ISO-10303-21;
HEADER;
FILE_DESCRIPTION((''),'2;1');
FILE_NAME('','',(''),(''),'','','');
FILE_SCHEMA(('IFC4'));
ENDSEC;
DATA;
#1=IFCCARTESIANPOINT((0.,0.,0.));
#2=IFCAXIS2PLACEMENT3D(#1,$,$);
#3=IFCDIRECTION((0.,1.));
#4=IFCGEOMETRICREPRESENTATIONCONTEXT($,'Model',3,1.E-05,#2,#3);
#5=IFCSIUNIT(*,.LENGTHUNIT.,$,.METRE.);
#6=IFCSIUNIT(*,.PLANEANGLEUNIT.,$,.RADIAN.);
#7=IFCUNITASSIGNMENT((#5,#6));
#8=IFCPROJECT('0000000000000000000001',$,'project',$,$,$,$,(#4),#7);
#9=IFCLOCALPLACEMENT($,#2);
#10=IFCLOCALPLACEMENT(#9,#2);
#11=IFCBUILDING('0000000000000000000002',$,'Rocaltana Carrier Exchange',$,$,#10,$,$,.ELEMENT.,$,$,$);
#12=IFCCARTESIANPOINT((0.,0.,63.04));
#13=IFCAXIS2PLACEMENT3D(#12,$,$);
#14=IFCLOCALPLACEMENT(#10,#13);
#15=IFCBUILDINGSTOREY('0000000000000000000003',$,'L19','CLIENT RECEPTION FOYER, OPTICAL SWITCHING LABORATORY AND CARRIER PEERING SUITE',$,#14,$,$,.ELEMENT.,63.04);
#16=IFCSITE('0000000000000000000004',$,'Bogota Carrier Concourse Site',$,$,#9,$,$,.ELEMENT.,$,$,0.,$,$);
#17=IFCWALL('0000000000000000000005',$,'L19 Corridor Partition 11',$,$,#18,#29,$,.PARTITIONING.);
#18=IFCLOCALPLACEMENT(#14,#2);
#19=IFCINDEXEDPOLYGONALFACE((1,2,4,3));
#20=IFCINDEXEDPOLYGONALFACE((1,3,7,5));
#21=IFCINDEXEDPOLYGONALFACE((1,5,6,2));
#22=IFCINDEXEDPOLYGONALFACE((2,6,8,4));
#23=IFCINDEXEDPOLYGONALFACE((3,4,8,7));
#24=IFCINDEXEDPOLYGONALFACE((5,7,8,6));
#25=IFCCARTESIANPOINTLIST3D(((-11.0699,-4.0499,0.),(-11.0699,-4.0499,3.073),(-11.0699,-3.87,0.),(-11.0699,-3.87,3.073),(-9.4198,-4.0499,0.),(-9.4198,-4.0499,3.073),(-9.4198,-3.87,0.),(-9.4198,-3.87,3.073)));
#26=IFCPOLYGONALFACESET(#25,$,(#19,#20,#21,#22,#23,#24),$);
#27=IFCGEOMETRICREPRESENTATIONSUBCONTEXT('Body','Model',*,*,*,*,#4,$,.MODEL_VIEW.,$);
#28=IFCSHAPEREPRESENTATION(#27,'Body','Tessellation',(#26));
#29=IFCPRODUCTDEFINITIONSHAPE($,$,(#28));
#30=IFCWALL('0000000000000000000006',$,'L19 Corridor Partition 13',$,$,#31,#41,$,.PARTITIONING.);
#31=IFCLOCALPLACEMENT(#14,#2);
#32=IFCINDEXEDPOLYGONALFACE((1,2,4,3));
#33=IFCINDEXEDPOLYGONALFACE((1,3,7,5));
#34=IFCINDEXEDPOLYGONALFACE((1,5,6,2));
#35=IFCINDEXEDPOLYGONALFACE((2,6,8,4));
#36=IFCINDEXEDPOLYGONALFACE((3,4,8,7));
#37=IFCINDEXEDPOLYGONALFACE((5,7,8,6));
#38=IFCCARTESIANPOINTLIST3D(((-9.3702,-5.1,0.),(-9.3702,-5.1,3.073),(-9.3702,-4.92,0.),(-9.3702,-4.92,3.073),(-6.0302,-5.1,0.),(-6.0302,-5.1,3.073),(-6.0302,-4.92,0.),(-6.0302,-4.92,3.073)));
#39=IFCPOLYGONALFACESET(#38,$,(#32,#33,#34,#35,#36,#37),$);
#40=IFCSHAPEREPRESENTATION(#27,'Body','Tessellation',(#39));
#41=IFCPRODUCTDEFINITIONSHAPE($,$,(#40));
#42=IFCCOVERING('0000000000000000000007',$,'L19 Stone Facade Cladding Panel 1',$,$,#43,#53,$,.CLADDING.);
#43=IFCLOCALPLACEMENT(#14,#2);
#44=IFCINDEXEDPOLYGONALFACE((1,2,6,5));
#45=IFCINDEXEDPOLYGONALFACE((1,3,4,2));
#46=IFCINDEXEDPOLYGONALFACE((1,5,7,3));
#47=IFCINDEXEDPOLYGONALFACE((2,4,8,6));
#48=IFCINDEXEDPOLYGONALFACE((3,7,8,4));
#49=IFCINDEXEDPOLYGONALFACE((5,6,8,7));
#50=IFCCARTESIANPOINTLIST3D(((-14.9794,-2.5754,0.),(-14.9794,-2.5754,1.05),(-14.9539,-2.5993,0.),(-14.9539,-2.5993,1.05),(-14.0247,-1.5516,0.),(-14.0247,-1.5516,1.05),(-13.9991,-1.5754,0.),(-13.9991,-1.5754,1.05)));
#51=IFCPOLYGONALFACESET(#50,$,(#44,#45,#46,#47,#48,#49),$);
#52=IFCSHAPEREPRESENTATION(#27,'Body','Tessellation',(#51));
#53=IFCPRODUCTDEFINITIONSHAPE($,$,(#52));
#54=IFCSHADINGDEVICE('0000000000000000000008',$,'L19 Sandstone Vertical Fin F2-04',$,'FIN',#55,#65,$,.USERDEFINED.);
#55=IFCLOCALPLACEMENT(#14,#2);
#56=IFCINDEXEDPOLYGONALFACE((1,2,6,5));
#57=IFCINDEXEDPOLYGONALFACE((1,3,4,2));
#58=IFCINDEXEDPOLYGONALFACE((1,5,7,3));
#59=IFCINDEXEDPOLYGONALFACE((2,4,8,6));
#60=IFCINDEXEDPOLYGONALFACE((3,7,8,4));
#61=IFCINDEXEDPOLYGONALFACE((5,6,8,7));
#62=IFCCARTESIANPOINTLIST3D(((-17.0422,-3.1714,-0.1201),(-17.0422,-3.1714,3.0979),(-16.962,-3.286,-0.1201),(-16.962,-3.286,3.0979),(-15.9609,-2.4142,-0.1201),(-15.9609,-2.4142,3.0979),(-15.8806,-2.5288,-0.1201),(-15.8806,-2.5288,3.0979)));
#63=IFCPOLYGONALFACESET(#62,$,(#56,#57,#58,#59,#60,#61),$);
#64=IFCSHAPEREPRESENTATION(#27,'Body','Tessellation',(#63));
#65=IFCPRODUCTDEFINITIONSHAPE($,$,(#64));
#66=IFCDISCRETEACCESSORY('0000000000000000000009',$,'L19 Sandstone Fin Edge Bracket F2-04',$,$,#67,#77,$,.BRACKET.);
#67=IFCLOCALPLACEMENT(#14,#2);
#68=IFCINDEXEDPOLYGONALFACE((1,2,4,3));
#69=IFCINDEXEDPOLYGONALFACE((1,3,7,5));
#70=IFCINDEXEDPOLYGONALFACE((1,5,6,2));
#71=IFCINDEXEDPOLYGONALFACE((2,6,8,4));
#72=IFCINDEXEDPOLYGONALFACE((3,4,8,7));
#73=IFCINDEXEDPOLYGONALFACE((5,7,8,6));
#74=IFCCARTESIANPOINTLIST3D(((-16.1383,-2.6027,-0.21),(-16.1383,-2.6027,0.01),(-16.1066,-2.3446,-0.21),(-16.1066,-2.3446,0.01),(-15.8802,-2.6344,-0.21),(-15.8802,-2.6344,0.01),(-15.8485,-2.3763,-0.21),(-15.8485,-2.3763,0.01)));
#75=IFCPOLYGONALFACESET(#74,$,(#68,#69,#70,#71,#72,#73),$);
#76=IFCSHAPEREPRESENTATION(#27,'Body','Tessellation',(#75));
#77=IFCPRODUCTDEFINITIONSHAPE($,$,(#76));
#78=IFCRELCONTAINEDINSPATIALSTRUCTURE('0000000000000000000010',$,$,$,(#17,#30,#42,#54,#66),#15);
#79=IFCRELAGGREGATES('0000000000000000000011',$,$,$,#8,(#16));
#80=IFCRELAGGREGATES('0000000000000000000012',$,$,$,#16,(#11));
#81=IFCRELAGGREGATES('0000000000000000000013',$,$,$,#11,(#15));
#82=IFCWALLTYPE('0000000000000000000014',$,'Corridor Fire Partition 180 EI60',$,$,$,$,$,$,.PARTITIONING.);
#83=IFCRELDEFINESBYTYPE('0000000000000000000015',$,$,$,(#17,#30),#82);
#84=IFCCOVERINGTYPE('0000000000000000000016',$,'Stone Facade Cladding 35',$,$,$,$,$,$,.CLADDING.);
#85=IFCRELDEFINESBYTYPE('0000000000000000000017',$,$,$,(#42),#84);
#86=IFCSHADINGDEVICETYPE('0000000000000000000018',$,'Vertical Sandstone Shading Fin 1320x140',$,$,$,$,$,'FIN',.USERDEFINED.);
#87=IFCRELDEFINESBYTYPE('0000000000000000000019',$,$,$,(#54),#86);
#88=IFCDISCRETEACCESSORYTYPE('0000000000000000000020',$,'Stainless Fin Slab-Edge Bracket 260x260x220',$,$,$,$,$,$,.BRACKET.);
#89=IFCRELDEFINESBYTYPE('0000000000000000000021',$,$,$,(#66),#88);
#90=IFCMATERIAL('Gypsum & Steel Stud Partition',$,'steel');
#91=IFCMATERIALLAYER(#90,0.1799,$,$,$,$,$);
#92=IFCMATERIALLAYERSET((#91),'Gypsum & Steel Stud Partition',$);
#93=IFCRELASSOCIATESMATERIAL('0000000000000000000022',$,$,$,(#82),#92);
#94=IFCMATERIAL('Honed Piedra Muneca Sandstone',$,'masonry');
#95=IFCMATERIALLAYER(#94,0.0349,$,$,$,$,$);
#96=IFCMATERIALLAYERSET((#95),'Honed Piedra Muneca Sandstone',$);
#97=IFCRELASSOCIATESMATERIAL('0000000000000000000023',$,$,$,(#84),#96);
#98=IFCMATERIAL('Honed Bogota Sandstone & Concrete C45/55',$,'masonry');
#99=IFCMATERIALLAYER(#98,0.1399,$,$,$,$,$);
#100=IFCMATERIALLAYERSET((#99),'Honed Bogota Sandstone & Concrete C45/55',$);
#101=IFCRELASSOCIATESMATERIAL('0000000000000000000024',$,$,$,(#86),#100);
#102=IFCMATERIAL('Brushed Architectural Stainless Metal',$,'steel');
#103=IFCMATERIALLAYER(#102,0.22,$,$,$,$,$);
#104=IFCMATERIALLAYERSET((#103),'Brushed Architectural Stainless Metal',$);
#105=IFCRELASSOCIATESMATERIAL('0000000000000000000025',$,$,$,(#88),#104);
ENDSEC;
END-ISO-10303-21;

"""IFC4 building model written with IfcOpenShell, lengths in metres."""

from ifc_helpers import new_model, si_unit, direction, frame, frame_2d, origin, origin_2d, place, context, subcontext, project, spatial, rectangle, extrude, material, layer, layer_set, type_object, element, save


model = new_model("IFC4")

# Units and contexts
model_context = context("Model", 3, precision=1e-05, world=origin(), true_north=direction((0.0, 1.0)))
body_context = subcontext(model_context, "Body", "Model", "MODEL_VIEW")
ifc_project = project(units=[si_unit("LENGTHUNIT", "METRE"), si_unit("PLANEANGLEUNIT", "RADIAN")], contexts=[model_context])

# Site, building, storey
site_placement = place(None, origin())
site = spatial("IfcSite", under=ifc_project, at=site_placement, Name="Bogota Carrier Concourse Site", CompositionType="ELEMENT", RefElevation=0.0)
building_placement = place(site_placement, origin())
building = spatial("IfcBuilding", under=site, at=building_placement, Name="Rocaltana Carrier Exchange", CompositionType="ELEMENT")
storey_placement = place(building_placement, frame((0.0, 0.0, 63.04)))
storey = spatial("IfcBuildingStorey", under=building, at=storey_placement, Name="L19", Description="CLIENT RECEPTION FOYER, OPTICAL SWITCHING LABORATORY AND CARRIER PEERING SUITE", CompositionType="ELEMENT", Elevation=63.04)

# Shared definitions
ifc_material_1 = material(Name="Gypsum & Steel Stud Partition", Category="steel")
ifc_layer_1 = layer(ifc_material_1, 0.1799)
ifc_layer_set_1 = layer_set([ifc_layer_1], Name="Gypsum & Steel Stud Partition")
wall_type_1 = type_object("IfcWallType", Name="Corridor Fire Partition 180 EI60", PredefinedType="PARTITIONING", material=ifc_layer_set_1)

# Walls
wall_1_placement = place(storey_placement, frame((-11.0701, -3.96, 0.0), z_axis=(0.0, 0.0, 1.0), x_axis=(1.0, 0.0, 0.0)))
element("IfcWall", 1, at=wall_1_placement, inside=storey, type_object=wall_type_1, Name="L19 Corridor Partition 11", PredefinedType="PARTITIONING", context=body_context, shape_type="SweptSolid", body=[
    extrude(rectangle(XDim=1.6501, YDim=0.1799, at=frame_2d((0.8252, 0.0))), origin(), (0.0, 0.0, 1.0), 3.073),
])
wall_2_placement = place(storey_placement, frame((-9.3701, -5.01, 0.0), z_axis=(0.0, 0.0, 1.0), x_axis=(1.0, 0.0, 0.0)))
element("IfcWall", 2, at=wall_2_placement, inside=storey, type_object=wall_type_1, Name="L19 Corridor Partition 13", PredefinedType="PARTITIONING", context=body_context, shape_type="SweptSolid", body=[
    extrude(rectangle(XDim=3.3401, YDim=0.1799, at=frame_2d((1.6699, 0.0))), origin(), (0.0, 0.0, 1.0), 3.073),
])

# Covering
ifc_material_2 = material(Name="Honed Piedra Muneca Sandstone", Category="masonry")
ifc_layer_2 = layer(ifc_material_2, 0.0349)
ifc_layer_set_2 = layer_set([ifc_layer_2], Name="Honed Piedra Muneca Sandstone")
covering_type = type_object("IfcCoveringType", Name="Stone Facade Cladding 35", PredefinedType="CLADDING", material=ifc_layer_set_2)
covering_placement = place(storey_placement, frame((-14.4893, -2.0754, 0.0), z_axis=(0.0, 0.0, 1.0), x_axis=(0.681998, 0.731354, 0.0)))
element("IfcCovering", 3, at=covering_placement, inside=storey, type_object=covering_type, Name="L19 Stone Facade Cladding Panel 1", PredefinedType="CLADDING", context=body_context, shape_type="SweptSolid", body=[
    extrude(rectangle(XDim=1.3999, YDim=0.0349, at=origin_2d()), origin(), (0.0, 0.0, 1.0), 1.05),
])

# Shading device
ifc_material_3 = material(Name="Honed Bogota Sandstone & Concrete C45/55", Category="masonry")
ifc_layer_3 = layer(ifc_material_3, 0.1399)
ifc_layer_set_3 = layer_set([ifc_layer_3], Name="Honed Bogota Sandstone & Concrete C45/55")
shading_device_type = type_object("IfcShadingDeviceType", Name="Vertical Sandstone Shading Fin 1320x140", ElementType="FIN", PredefinedType="USERDEFINED", material=ifc_layer_set_3)
shading_device_placement = place(storey_placement, frame((-16.4614, -2.8501, -0.1201), z_axis=(0.0, 0.0, 1.0), x_axis=(-0.819152, -0.573576, 0.0)))
element("IfcShadingDevice", 4, at=shading_device_placement, inside=storey, type_object=shading_device_type, Name="L19 Sandstone Vertical Fin F2-04", ObjectType="FIN", PredefinedType="USERDEFINED", context=body_context, shape_type="SweptSolid", body=[
    extrude(rectangle(XDim=1.3201, YDim=0.1399, at=origin_2d()), origin(), (0.0, 0.0, 1.0), 3.218),
])

# Discrete accessory
ifc_material_4 = material(Name="Brushed Architectural Stainless Metal", Category="steel")
ifc_layer_4 = layer(ifc_material_4, 0.22)
ifc_layer_set_4 = layer_set([ifc_layer_4], Name="Brushed Architectural Stainless Metal")
discrete_accessory_type = type_object("IfcDiscreteAccessoryType", Name="Stainless Fin Slab-Edge Bracket 260x260x220", PredefinedType="BRACKET", material=ifc_layer_set_4)
discrete_accessory_placement = place(storey_placement, frame((-15.9934, -2.4895, -0.21), z_axis=(0.0, 0.0, 1.0), x_axis=(-0.121869, -0.992546, 0.0)))
element("IfcDiscreteAccessory", 5, at=discrete_accessory_placement, inside=storey, type_object=discrete_accessory_type, Name="L19 Sandstone Fin Edge Bracket F2-04", PredefinedType="BRACKET", context=body_context, shape_type="SweptSolid", body=[
    extrude(rectangle(XDim=0.26, YDim=0.26, at=origin_2d()), origin(), (0.0, 0.0, 1.0), 0.22),
])

save(model, "model.ifc")
